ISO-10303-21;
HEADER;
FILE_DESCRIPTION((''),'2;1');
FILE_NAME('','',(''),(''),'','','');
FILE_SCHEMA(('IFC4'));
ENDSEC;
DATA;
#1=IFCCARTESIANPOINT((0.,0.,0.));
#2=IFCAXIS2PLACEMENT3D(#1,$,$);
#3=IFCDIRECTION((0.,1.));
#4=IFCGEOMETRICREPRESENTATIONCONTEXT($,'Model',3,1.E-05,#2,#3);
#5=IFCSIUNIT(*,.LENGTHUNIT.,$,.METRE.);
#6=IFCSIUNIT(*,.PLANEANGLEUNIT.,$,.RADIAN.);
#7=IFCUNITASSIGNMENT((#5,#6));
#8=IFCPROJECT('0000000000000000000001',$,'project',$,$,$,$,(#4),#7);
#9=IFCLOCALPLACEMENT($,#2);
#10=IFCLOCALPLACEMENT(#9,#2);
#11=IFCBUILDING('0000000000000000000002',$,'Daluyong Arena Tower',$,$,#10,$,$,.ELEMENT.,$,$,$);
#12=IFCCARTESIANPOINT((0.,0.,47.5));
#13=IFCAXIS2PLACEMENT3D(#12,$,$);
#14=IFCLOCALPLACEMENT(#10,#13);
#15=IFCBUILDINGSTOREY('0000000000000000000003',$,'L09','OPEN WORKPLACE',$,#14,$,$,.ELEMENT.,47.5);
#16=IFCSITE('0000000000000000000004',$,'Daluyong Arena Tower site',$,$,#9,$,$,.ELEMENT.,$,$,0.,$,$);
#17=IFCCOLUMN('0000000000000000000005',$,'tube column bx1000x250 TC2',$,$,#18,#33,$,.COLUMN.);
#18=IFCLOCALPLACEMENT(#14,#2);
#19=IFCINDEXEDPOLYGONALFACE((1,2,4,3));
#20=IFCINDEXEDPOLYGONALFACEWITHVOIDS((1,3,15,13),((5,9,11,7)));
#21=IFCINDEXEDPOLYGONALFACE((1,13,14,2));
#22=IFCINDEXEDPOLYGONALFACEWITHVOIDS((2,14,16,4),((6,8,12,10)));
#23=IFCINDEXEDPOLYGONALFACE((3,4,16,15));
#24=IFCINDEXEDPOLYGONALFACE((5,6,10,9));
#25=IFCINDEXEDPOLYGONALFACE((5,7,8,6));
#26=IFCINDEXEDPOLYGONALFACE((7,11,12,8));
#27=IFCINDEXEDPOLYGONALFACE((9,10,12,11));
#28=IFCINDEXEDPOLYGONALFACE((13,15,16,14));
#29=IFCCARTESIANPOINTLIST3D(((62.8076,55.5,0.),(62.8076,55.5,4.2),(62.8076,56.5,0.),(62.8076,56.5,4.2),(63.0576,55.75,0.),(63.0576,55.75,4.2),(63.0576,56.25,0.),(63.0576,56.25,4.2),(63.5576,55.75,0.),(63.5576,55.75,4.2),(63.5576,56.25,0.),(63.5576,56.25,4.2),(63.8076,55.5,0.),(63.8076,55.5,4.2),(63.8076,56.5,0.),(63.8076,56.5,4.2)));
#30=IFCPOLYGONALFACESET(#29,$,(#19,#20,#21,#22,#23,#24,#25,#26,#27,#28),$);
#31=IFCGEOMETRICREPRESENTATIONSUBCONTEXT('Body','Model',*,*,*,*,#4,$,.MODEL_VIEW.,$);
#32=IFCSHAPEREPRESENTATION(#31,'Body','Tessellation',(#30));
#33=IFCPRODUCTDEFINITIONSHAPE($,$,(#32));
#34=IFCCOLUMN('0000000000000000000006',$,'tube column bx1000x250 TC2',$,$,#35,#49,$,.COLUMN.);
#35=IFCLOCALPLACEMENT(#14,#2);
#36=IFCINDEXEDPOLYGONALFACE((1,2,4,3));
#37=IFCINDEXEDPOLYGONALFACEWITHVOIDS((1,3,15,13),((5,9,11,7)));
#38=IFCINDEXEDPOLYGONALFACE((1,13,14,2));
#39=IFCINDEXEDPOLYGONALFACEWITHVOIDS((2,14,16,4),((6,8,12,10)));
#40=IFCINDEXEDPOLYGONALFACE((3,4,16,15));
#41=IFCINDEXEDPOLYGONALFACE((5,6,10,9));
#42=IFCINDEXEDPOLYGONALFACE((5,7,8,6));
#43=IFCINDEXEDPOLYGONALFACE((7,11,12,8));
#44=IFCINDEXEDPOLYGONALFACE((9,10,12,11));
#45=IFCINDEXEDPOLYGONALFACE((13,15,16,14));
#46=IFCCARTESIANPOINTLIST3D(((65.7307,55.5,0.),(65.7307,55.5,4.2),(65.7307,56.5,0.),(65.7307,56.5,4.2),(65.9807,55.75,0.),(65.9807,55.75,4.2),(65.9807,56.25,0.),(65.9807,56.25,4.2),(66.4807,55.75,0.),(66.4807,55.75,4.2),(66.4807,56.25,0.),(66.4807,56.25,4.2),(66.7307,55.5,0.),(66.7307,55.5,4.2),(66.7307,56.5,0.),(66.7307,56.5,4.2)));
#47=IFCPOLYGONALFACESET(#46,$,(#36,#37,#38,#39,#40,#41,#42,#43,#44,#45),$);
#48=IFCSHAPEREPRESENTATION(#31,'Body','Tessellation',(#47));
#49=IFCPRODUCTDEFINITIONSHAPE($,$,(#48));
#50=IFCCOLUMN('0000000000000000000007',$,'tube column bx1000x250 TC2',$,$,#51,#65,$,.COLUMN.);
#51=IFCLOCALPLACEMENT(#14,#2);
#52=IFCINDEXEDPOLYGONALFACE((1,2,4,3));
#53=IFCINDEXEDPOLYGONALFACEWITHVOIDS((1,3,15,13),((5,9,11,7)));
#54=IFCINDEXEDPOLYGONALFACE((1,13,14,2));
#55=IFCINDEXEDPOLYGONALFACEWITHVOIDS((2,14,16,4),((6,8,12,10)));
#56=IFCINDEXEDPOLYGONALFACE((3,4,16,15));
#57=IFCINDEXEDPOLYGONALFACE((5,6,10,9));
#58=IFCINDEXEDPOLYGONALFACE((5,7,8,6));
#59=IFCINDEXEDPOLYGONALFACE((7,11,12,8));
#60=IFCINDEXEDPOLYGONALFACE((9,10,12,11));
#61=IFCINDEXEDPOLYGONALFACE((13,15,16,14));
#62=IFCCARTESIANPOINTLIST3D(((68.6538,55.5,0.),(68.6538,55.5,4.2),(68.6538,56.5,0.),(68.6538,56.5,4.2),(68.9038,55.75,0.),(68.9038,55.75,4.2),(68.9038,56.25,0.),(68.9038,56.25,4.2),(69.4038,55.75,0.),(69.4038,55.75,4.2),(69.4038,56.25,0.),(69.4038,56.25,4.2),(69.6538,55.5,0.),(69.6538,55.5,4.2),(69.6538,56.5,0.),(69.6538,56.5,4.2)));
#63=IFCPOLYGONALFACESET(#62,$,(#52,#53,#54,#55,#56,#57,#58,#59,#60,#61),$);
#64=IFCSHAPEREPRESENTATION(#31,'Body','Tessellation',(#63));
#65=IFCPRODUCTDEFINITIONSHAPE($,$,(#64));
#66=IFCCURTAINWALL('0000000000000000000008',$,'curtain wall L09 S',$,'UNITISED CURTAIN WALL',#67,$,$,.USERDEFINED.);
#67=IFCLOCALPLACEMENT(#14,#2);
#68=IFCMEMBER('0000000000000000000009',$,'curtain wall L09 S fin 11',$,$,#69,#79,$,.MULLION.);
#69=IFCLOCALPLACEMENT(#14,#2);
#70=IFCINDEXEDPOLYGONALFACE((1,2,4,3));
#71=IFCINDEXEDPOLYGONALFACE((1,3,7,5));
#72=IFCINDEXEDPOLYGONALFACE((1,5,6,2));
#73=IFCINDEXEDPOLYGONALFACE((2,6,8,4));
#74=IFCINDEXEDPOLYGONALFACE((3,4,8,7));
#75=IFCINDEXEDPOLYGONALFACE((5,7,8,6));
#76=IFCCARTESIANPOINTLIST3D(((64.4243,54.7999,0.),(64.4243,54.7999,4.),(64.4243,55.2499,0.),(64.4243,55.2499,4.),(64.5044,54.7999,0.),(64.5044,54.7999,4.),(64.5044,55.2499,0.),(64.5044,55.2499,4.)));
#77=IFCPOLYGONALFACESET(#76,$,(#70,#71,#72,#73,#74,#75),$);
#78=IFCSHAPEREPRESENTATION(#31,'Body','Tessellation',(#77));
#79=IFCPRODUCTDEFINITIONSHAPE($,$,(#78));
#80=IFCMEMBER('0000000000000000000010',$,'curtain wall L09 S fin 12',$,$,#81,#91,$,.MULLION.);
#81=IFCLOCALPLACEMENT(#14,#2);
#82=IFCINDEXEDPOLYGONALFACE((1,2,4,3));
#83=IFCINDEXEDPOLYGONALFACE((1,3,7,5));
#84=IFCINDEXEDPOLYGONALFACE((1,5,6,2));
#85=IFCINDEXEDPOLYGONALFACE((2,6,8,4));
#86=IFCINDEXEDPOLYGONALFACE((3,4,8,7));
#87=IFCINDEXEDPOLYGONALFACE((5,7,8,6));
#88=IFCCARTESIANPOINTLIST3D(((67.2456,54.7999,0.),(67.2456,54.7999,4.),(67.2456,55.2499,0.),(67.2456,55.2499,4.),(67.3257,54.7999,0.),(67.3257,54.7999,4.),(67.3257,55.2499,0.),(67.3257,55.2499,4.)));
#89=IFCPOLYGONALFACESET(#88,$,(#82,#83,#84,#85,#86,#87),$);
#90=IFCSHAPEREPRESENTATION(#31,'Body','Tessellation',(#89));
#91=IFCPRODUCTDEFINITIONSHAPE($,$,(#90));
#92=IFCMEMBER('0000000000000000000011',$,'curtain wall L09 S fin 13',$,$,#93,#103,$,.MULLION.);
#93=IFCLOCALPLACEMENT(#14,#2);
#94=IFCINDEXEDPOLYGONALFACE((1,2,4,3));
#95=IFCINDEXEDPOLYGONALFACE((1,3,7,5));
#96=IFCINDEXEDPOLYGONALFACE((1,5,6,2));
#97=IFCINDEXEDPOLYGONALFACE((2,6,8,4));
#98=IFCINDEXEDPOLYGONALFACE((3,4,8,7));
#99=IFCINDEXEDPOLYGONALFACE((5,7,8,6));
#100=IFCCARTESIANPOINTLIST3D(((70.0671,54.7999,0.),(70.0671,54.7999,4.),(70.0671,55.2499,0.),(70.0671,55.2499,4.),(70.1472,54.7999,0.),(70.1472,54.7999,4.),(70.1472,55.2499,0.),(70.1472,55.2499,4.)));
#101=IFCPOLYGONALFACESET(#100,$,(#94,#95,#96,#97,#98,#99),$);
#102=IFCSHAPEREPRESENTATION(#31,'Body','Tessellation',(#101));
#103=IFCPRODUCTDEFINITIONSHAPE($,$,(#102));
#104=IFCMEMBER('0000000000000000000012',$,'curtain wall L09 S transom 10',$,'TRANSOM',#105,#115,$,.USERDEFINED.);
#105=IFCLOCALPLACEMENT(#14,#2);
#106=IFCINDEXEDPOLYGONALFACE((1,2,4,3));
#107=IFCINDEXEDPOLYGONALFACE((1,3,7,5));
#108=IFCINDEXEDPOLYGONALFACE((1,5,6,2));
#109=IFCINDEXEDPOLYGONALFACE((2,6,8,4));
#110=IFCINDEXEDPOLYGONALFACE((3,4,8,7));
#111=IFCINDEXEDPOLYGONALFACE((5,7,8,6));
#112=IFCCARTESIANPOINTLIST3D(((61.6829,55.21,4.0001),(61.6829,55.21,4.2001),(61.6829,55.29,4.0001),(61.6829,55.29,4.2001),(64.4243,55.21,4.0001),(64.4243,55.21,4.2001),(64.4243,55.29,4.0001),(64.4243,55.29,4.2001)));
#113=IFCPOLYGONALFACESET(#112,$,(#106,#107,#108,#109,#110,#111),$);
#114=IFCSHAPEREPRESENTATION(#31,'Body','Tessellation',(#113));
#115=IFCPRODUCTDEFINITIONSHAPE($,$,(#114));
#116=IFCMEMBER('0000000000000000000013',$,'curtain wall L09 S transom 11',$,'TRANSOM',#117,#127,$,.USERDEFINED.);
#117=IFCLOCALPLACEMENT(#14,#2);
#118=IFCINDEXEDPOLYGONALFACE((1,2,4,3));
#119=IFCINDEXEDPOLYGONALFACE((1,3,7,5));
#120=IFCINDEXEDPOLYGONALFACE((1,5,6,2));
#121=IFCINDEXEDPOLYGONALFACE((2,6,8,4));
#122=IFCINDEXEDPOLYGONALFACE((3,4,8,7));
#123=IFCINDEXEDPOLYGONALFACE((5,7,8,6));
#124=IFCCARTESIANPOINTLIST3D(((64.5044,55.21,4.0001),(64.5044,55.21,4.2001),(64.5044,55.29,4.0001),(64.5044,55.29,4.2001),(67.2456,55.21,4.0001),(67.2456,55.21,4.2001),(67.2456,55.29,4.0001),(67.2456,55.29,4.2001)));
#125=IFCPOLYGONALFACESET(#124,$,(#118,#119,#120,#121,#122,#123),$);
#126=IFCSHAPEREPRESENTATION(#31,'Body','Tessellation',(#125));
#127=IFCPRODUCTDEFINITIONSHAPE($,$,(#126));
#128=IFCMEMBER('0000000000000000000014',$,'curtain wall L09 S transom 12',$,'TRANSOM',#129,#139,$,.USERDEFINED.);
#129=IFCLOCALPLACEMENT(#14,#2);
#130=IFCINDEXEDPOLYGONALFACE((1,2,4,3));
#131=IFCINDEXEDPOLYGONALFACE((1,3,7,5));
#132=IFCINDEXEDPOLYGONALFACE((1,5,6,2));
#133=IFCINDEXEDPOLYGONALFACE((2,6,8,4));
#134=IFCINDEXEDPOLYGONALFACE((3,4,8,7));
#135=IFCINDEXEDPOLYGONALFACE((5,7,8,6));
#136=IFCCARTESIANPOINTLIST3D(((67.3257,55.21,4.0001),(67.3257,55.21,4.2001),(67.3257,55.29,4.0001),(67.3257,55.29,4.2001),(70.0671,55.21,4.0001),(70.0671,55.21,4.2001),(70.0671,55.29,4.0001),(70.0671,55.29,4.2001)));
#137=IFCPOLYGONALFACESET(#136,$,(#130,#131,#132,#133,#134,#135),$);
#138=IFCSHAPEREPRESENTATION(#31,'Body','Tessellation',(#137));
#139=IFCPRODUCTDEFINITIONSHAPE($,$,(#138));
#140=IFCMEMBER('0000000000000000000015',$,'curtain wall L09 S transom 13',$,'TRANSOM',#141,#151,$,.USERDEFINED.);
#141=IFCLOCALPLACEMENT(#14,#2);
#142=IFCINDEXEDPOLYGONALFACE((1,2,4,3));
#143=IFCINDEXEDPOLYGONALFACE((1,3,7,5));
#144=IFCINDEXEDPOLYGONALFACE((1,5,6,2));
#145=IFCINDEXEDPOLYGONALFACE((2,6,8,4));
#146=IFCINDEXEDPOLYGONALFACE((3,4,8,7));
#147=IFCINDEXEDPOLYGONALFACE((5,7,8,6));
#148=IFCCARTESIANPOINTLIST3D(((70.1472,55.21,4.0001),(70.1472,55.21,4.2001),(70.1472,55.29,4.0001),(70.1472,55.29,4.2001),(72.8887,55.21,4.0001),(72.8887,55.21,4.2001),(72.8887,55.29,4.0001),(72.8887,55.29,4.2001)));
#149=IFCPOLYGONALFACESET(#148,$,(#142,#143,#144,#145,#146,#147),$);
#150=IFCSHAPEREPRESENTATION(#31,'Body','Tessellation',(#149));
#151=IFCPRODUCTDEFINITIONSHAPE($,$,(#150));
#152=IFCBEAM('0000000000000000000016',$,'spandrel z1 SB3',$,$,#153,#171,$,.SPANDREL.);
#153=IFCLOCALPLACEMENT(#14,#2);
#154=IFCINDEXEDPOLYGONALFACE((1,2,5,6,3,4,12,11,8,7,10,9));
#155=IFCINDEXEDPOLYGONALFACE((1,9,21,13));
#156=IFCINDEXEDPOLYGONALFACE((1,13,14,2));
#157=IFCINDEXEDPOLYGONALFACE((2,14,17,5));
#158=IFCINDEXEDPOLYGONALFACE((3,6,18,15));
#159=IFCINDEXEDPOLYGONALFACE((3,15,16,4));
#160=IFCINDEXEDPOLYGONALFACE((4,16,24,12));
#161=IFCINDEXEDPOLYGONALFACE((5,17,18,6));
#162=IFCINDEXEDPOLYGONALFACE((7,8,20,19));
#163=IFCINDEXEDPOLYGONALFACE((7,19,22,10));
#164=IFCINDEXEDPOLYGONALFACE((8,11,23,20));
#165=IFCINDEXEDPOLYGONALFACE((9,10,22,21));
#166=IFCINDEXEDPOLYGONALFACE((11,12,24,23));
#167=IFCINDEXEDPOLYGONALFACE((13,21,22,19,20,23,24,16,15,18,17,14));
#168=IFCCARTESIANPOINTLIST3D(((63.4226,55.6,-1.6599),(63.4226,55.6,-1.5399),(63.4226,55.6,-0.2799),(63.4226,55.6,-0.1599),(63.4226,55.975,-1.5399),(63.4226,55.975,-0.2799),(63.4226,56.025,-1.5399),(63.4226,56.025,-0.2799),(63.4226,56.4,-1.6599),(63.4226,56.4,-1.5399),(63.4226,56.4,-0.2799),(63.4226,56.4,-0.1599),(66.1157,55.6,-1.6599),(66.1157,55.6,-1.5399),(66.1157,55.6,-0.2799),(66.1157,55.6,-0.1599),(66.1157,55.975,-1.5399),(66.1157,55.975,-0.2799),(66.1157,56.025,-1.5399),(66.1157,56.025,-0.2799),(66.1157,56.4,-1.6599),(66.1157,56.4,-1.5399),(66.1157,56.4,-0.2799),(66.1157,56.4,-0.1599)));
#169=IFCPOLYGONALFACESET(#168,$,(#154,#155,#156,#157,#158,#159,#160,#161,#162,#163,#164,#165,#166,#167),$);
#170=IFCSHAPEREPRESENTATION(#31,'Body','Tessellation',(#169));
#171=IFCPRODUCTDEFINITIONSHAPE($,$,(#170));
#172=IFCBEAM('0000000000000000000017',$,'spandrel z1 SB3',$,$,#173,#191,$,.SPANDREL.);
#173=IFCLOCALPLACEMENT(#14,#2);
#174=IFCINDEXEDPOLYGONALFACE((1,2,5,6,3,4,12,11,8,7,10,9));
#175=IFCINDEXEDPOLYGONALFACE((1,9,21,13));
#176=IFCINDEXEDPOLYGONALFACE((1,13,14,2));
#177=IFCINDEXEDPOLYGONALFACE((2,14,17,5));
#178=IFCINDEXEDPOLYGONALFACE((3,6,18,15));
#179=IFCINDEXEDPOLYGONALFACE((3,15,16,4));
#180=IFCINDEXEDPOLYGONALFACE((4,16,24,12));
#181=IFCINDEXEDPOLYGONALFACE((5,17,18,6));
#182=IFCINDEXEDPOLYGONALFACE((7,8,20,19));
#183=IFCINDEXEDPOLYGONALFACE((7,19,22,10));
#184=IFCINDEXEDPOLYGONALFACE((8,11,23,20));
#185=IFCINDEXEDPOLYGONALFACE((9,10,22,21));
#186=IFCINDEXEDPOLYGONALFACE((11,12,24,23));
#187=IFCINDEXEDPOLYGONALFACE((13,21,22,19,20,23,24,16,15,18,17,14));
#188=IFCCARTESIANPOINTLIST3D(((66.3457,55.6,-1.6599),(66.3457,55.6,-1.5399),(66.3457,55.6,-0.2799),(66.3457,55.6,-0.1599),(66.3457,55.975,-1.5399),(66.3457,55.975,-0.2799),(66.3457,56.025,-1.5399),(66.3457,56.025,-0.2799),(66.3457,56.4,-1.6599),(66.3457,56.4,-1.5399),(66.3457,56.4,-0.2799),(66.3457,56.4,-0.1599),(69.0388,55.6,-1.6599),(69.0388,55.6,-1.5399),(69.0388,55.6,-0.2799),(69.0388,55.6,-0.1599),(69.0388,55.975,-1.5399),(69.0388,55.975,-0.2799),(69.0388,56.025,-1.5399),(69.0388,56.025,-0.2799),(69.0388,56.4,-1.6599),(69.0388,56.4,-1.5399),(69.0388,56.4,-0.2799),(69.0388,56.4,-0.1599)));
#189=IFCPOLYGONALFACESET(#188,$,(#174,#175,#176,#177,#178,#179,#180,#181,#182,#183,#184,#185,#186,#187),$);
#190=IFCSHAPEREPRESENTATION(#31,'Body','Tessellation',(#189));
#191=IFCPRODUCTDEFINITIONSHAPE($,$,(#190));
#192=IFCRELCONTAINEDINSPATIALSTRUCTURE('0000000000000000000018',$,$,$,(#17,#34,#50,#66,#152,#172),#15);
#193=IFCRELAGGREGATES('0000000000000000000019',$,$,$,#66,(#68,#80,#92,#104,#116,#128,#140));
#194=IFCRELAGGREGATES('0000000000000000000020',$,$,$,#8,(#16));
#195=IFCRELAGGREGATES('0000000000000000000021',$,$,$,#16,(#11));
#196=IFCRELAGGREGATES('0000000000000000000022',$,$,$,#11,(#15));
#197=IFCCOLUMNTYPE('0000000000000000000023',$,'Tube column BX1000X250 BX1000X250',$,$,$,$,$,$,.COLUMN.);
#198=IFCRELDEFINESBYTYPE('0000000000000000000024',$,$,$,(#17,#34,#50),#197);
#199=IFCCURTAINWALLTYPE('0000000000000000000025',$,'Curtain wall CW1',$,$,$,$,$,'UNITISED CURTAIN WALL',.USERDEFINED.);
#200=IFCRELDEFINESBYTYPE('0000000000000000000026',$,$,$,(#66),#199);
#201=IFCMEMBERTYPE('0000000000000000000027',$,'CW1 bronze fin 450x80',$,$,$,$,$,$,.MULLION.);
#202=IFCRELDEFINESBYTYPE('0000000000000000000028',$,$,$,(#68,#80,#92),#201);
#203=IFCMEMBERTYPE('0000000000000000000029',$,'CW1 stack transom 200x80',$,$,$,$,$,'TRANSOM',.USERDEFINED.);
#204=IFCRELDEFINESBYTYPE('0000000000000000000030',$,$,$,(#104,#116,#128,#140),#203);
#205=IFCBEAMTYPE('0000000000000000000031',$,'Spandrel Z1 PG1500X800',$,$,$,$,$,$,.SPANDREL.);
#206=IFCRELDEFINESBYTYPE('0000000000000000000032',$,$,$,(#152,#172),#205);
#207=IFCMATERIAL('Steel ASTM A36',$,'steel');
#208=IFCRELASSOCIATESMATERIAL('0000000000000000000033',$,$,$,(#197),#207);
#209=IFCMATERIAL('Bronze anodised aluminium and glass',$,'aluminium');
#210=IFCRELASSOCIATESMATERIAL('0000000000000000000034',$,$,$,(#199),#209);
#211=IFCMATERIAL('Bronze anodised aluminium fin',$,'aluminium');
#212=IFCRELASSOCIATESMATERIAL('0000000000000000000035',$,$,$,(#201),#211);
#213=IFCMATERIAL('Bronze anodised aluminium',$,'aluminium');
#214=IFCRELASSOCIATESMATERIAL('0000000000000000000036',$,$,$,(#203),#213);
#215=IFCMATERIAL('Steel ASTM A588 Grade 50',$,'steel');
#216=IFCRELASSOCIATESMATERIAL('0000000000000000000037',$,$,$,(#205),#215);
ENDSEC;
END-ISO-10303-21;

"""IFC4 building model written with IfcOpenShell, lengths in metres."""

from ifc_helpers import new_model, si_unit, direction, frame, origin, origin_2d, place, context, subcontext, project, spatial, rectangle, hollow_rectangle, i_section, extrude, material, material_profile, profile_set, type_object, element, aggregate, save


model = new_model("IFC4")

# Units and contexts
model_context = context("Model", 3, precision=1e-05, world=origin(), true_north=direction((0.0, 1.0)))
body_context = subcontext(model_context, "Body", "Model", "MODEL_VIEW")
ifc_project = project(units=[si_unit("LENGTHUNIT", "METRE"), si_unit("PLANEANGLEUNIT", "RADIAN")], contexts=[model_context])

# Site, building, storey
site_placement = place(None, origin())
site = spatial("IfcSite", under=ifc_project, at=site_placement, Name="Daluyong Arena Tower site", CompositionType="ELEMENT", RefElevation=0.0)
building_placement = place(site_placement, origin())
building = spatial("IfcBuilding", under=site, at=building_placement, Name="Daluyong Arena Tower", CompositionType="ELEMENT")
storey_placement = place(building_placement, frame((0.0, 0.0, 47.5)))
storey = spatial("IfcBuildingStorey", under=building, at=storey_placement, Name="L09", Description="OPEN WORKPLACE", CompositionType="ELEMENT", Elevation=47.5)

# Columns
ifc_material_1 = material(Name="Steel ASTM A36", Category="steel")
ifc_material_profile_1 = material_profile(ifc_material_1, hollow_rectangle(XDim=1.0, YDim=1.0, WallThickness=0.25, at=origin_2d()))
ifc_profile_set_1 = profile_set([ifc_material_profile_1], Name="Steel ASTM A36")
column_type = type_object("IfcColumnType", Name="Tube column BX1000X250 BX1000X250", PredefinedType="COLUMN", material=ifc_profile_set_1)
for number, where, z_axis, x_axis, name in (
    (1, (63.3076, 56.0, 0.0), (0.0, 0.0, 1.0), (1.0, 0.0, 0.0), "tube column bx1000x250 TC2"),
    (2, (66.2307, 56.0, 0.0), (0.0, 0.0, 1.0), (1.0, 0.0, 0.0), "tube column bx1000x250 TC2"),
    (3, (69.1538, 56.0, 0.0), (0.0, 0.0, 1.0), (1.0, 0.0, 0.0), "tube column bx1000x250 TC2"),
):
    element("IfcColumn", number, at=place(storey_placement, frame(where, z_axis=z_axis, x_axis=x_axis)), inside=storey, type_object=column_type, Name=name, PredefinedType="COLUMN", context=body_context, shape_type="SweptSolid", body=[
        extrude(hollow_rectangle(XDim=1.0, YDim=1.0, WallThickness=0.25, at=origin_2d()), origin(), (0.0, 0.0, 1.0), 4.2),
    ])

# Curtain wall, members
ifc_material_2 = material(Name="Bronze anodised aluminium and glass", Category="aluminium")
curtain_wall_type = type_object("IfcCurtainWallType", Name="Curtain wall CW1", ElementType="UNITISED CURTAIN WALL", PredefinedType="USERDEFINED", material=ifc_material_2)
curtain_wall_placement = place(storey_placement, origin())
curtain_wall = element("IfcCurtainWall", 4, at=curtain_wall_placement, inside=storey, type_object=curtain_wall_type, Name="curtain wall L09 S", ObjectType="UNITISED CURTAIN WALL", PredefinedType="USERDEFINED")
ifc_material_3 = material(Name="Bronze anodised aluminium fin", Category="aluminium")
ifc_material_profile_2 = material_profile(ifc_material_3, rectangle(XDim=0.45, YDim=0.0801, at=origin_2d()))
ifc_profile_set_2 = profile_set([ifc_material_profile_2], Name="Bronze anodised aluminium fin")
member_type_1 = type_object("IfcMemberType", Name="CW1 bronze fin 450x80", PredefinedType="MULLION", material=ifc_profile_set_2)
member_1_placement = place(storey_placement, frame((64.4644, 55.0249, 0.0), z_axis=(0.0, 0.0, 1.0), x_axis=(0.0, 1.0, 0.0)))
member_1 = element("IfcMember", 5, at=member_1_placement, type_object=member_type_1, Name="curtain wall L09 S fin 11", PredefinedType="MULLION", context=body_context, shape_type="SweptSolid", body=[
    extrude(rectangle(XDim=0.45, YDim=0.0801, at=origin_2d()), origin(), (0.0, 0.0, 1.0), 4.0),
])
member_2_placement = place(storey_placement, frame((67.2856, 55.0249, 0.0), z_axis=(0.0, 0.0, 1.0), x_axis=(0.0, 1.0, 0.0)))
member_2 = element("IfcMember", 6, at=member_2_placement, type_object=member_type_1, Name="curtain wall L09 S fin 12", PredefinedType="MULLION", context=body_context, shape_type="SweptSolid", body=[
    extrude(rectangle(XDim=0.45, YDim=0.0801, at=origin_2d()), origin(), (0.0, 0.0, 1.0), 4.0),
])
member_3_placement = place(storey_placement, frame((70.1072, 55.0249, 0.0), z_axis=(0.0, 0.0, 1.0), x_axis=(0.0, 1.0, 0.0)))
member_3 = element("IfcMember", 7, at=member_3_placement, type_object=member_type_1, Name="curtain wall L09 S fin 13", PredefinedType="MULLION", context=body_context, shape_type="SweptSolid", body=[
    extrude(rectangle(XDim=0.45, YDim=0.0801, at=origin_2d()), origin(), (0.0, 0.0, 1.0), 4.0),
])
ifc_material_4 = material(Name="Bronze anodised aluminium", Category="aluminium")
ifc_material_profile_3 = material_profile(ifc_material_4, rectangle(XDim=0.0801, YDim=0.2, at=origin_2d()))
ifc_profile_set_3 = profile_set([ifc_material_profile_3], Name="Bronze anodised aluminium")
member_type_2 = type_object("IfcMemberType", Name="CW1 stack transom 200x80", ElementType="TRANSOM", PredefinedType="USERDEFINED", material=ifc_profile_set_3)
member_4_placement = place(storey_placement, frame((61.6829, 55.25, 4.1001), z_axis=(1.0, 0.0, 0.0), x_axis=(0.0, 1.0, 0.0)))
member_4 = element("IfcMember", 8, at=member_4_placement, type_object=member_type_2, Name="curtain wall L09 S transom 10", ObjectType="TRANSOM", PredefinedType="USERDEFINED", context=body_context, shape_type="SweptSolid", body=[
    extrude(rectangle(XDim=0.0801, YDim=0.2, at=origin_2d()), origin(), (0.0, 0.0, 1.0), 2.7415),
])
member_5_placement = place(storey_placement, frame((64.5044, 55.25, 4.1001), z_axis=(1.0, 0.0, 0.0), x_axis=(0.0, 1.0, 0.0)))
member_5 = element("IfcMember", 9, at=member_5_placement, type_object=member_type_2, Name="curtain wall L09 S transom 11", ObjectType="TRANSOM", PredefinedType="USERDEFINED", context=body_context, shape_type="SweptSolid", body=[
    extrude(rectangle(XDim=0.0801, YDim=0.2, at=origin_2d()), origin(), (0.0, 0.0, 1.0), 2.7412),
])
member_6_placement = place(storey_placement, frame((67.3257, 55.25, 4.1001), z_axis=(1.0, 0.0, 0.0), x_axis=(0.0, 1.0, 0.0)))
member_6 = element("IfcMember", 10, at=member_6_placement, type_object=member_type_2, Name="curtain wall L09 S transom 12", ObjectType="TRANSOM", PredefinedType="USERDEFINED", context=body_context, shape_type="SweptSolid", body=[
    extrude(rectangle(XDim=0.0801, YDim=0.2, at=origin_2d()), origin(), (0.0, 0.0, 1.0), 2.7415),
])
member_7_placement = place(storey_placement, frame((70.1472, 55.25, 4.1001), z_axis=(1.0, 0.0, 0.0), x_axis=(0.0, 1.0, 0.0)))
member_7 = element("IfcMember", 11, at=member_7_placement, type_object=member_type_2, Name="curtain wall L09 S transom 13", ObjectType="TRANSOM", PredefinedType="USERDEFINED", context=body_context, shape_type="SweptSolid", body=[
    extrude(rectangle(XDim=0.0801, YDim=0.2, at=origin_2d()), origin(), (0.0, 0.0, 1.0), 2.7415),
])

# Beams
ifc_material_5 = material(Name="Steel ASTM A588 Grade 50", Category="steel")
ifc_material_profile_4 = material_profile(ifc_material_5, i_section(OverallWidth=0.8, OverallDepth=1.5, WebThickness=0.05, FlangeThickness=0.12, at=origin_2d()))
ifc_profile_set_4 = profile_set([ifc_material_profile_4], Name="Steel ASTM A588 Grade 50")
beam_type = type_object("IfcBeamType", Name="Spandrel Z1 PG1500X800", PredefinedType="SPANDREL", material=ifc_profile_set_4)
for number, where, z_axis, x_axis, name in (
    (12, (63.4226, 56.0, -0.9099), (1.0, 0.0, 0.0), (0.0, 1.0, 0.0), "spandrel z1 SB3"),
    (13, (66.3457, 56.0, -0.9099), (1.0, 0.0, 0.0), (0.0, 1.0, 0.0), "spandrel z1 SB3"),
):
    element("IfcBeam", number, at=place(storey_placement, frame(where, z_axis=z_axis, x_axis=x_axis)), inside=storey, type_object=beam_type, Name=name, PredefinedType="SPANDREL", context=body_context, shape_type="SweptSolid", body=[
        extrude(i_section(OverallWidth=0.8, OverallDepth=1.5, WebThickness=0.05, FlangeThickness=0.12, at=origin_2d()), origin(), (0.0, 0.0, 1.0), 2.6931),
    ])

aggregate(curtain_wall, [member_1, member_2, member_3, member_4, member_5, member_6, member_7])

save(model, "model.ifc")
